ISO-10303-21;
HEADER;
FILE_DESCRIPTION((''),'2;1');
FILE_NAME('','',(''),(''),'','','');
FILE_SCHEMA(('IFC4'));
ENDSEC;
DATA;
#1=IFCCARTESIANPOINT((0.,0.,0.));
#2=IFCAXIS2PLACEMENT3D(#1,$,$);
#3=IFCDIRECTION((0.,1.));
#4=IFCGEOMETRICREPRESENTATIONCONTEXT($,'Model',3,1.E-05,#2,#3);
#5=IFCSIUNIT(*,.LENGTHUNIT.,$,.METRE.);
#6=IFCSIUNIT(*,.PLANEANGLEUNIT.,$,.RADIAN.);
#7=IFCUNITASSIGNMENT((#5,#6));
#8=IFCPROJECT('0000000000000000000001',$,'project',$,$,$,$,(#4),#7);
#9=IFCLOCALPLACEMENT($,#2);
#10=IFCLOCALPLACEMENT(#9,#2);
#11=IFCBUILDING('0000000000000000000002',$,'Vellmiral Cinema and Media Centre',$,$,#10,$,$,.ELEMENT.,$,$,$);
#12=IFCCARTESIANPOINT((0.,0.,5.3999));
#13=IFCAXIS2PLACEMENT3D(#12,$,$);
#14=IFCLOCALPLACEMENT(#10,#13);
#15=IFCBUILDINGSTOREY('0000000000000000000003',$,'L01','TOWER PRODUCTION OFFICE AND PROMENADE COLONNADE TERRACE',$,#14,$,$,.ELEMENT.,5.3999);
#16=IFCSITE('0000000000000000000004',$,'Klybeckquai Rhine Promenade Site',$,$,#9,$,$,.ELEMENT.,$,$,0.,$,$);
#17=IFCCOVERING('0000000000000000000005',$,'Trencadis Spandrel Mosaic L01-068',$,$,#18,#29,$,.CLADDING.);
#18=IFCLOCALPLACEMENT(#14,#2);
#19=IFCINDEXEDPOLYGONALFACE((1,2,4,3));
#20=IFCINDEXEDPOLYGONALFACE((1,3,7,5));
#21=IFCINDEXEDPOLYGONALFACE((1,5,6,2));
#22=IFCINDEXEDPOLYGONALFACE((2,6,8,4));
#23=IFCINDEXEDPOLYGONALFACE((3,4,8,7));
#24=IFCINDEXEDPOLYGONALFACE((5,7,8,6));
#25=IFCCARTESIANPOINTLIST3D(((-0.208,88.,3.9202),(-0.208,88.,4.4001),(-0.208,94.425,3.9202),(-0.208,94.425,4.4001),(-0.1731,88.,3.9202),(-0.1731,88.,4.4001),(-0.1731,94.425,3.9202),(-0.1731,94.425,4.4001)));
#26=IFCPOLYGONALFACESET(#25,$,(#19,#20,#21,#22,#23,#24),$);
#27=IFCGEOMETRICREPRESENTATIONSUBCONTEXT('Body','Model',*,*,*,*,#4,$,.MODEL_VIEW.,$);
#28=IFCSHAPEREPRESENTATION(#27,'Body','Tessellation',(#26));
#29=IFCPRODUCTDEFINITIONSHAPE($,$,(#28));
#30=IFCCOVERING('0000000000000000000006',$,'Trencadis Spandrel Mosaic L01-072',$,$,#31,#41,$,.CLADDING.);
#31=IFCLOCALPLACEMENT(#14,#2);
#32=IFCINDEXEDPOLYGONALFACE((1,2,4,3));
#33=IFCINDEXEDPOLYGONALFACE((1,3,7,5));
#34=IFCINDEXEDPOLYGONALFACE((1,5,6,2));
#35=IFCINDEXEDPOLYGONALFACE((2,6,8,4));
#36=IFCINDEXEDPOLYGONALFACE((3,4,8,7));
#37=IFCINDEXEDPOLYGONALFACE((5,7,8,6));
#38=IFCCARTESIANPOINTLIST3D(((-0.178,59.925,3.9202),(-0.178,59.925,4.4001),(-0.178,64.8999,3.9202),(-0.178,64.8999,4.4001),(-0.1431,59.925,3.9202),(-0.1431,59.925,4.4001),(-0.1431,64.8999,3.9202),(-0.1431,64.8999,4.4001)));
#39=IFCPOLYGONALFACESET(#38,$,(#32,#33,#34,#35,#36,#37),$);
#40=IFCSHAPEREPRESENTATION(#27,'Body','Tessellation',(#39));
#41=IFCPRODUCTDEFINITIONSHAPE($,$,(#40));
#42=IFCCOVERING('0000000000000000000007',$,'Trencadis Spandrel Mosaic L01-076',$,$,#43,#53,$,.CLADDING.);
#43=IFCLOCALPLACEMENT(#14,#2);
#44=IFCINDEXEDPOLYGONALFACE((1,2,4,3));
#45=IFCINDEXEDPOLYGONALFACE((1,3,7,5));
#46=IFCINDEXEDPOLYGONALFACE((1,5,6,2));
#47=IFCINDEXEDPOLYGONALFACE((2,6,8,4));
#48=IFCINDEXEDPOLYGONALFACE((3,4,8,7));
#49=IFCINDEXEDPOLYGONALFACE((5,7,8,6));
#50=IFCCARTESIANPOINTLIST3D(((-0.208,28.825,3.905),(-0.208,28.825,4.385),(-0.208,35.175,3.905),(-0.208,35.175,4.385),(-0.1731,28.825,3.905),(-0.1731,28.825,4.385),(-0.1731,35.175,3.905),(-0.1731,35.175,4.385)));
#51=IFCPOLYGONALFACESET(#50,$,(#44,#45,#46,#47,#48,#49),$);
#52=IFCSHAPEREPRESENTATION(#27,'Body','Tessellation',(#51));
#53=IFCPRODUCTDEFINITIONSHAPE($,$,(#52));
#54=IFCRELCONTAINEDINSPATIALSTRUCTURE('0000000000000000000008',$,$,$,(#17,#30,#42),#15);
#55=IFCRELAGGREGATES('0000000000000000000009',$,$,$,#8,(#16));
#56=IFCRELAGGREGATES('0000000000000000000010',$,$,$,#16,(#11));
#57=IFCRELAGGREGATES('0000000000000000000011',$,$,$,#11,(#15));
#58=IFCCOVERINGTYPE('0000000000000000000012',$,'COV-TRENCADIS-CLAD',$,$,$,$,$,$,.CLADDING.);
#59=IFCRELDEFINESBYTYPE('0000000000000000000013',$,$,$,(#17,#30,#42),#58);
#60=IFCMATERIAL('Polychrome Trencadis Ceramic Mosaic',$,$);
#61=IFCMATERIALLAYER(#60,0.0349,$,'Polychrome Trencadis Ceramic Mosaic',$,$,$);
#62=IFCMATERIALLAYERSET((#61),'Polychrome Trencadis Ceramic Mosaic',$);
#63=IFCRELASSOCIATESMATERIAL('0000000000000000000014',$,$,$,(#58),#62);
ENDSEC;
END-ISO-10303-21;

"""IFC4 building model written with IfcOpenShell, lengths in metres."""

from ifc_helpers import new_model, si_unit, direction, frame, origin, place, context, subcontext, project, spatial, polyline, outline, extrude, material, layer, layer_set, type_object, element, save


model = new_model("IFC4")

# Units and contexts
model_context = context("Model", 3, precision=1e-05, world=origin(), true_north=direction((0.0, 1.0)))
body_context = subcontext(model_context, "Body", "Model", "MODEL_VIEW")
ifc_project = project(units=[si_unit("LENGTHUNIT", "METRE"), si_unit("PLANEANGLEUNIT", "RADIAN")], contexts=[model_context])

# Site, building, storey
site_placement = place(None, origin())
site = spatial("IfcSite", under=ifc_project, at=site_placement, Name="Klybeckquai Rhine Promenade Site", CompositionType="ELEMENT", RefElevation=0.0)
building_placement = place(site_placement, origin())
building = spatial("IfcBuilding", under=site, at=building_placement, Name="Vellmiral Cinema and Media Centre", CompositionType="ELEMENT")
storey_placement = place(building_placement, frame((0.0, 0.0, 5.3999)))
storey = spatial("IfcBuildingStorey", under=building, at=storey_placement, Name="L01", Description="TOWER PRODUCTION OFFICE AND PROMENADE COLONNADE TERRACE", CompositionType="ELEMENT", Elevation=5.3999)

# Coverings
ifc_material_1 = material(Name="Polychrome Trencadis Ceramic Mosaic")
ifc_layer_1 = layer(ifc_material_1, 0.0349, Name="Polychrome Trencadis Ceramic Mosaic")
ifc_layer_set_1 = layer_set([ifc_layer_1], Name="Polychrome Trencadis Ceramic Mosaic")
covering_type_1 = type_object("IfcCoveringType", Name="COV-TRENCADIS-CLAD", PredefinedType="CLADDING", material=ifc_layer_set_1)
covering_1_placement = place(storey_placement, frame((0.0, 0.0, 3.9202)))
element("IfcCovering", 1, at=covering_1_placement, inside=storey, type_object=covering_type_1, Name="Trencadis Spandrel Mosaic L01-068", PredefinedType="CLADDING", context=body_context, shape_type="SweptSolid", body=[
    extrude(outline(polyline([(-0.208, 94.425), (-0.208, 88.0), (-0.1731, 88.0), (-0.1731, 94.425), (-0.208, 94.425)])), origin(), (0.0, 0.0, 1.0), 0.48),
])
covering_2_placement = place(storey_placement, frame((0.0, 0.0, 3.9202)))
element("IfcCovering", 2, at=covering_2_placement, inside=storey, type_object=covering_type_1, Name="Trencadis Spandrel Mosaic L01-072", PredefinedType="CLADDING", context=body_context, shape_type="SweptSolid", body=[
    extrude(outline(polyline([(-0.178, 64.8999), (-0.178, 59.925), (-0.1431, 59.925), (-0.1431, 64.8999), (-0.178, 64.8999)])), origin(), (0.0, 0.0, 1.0), 0.48),
])
covering_3_placement = place(storey_placement, frame((0.0, 0.0, 3.905)))
element("IfcCovering", 3, at=covering_3_placement, inside=storey, type_object=covering_type_1, Name="Trencadis Spandrel Mosaic L01-076", PredefinedType="CLADDING", context=body_context, shape_type="SweptSolid", body=[
    extrude(outline(polyline([(-0.208, 35.175), (-0.208, 28.825), (-0.1731, 28.825), (-0.1731, 35.175), (-0.208, 35.175)])), origin(), (0.0, 0.0, 1.0), 0.48),
])

save(model, "model.ifc")
